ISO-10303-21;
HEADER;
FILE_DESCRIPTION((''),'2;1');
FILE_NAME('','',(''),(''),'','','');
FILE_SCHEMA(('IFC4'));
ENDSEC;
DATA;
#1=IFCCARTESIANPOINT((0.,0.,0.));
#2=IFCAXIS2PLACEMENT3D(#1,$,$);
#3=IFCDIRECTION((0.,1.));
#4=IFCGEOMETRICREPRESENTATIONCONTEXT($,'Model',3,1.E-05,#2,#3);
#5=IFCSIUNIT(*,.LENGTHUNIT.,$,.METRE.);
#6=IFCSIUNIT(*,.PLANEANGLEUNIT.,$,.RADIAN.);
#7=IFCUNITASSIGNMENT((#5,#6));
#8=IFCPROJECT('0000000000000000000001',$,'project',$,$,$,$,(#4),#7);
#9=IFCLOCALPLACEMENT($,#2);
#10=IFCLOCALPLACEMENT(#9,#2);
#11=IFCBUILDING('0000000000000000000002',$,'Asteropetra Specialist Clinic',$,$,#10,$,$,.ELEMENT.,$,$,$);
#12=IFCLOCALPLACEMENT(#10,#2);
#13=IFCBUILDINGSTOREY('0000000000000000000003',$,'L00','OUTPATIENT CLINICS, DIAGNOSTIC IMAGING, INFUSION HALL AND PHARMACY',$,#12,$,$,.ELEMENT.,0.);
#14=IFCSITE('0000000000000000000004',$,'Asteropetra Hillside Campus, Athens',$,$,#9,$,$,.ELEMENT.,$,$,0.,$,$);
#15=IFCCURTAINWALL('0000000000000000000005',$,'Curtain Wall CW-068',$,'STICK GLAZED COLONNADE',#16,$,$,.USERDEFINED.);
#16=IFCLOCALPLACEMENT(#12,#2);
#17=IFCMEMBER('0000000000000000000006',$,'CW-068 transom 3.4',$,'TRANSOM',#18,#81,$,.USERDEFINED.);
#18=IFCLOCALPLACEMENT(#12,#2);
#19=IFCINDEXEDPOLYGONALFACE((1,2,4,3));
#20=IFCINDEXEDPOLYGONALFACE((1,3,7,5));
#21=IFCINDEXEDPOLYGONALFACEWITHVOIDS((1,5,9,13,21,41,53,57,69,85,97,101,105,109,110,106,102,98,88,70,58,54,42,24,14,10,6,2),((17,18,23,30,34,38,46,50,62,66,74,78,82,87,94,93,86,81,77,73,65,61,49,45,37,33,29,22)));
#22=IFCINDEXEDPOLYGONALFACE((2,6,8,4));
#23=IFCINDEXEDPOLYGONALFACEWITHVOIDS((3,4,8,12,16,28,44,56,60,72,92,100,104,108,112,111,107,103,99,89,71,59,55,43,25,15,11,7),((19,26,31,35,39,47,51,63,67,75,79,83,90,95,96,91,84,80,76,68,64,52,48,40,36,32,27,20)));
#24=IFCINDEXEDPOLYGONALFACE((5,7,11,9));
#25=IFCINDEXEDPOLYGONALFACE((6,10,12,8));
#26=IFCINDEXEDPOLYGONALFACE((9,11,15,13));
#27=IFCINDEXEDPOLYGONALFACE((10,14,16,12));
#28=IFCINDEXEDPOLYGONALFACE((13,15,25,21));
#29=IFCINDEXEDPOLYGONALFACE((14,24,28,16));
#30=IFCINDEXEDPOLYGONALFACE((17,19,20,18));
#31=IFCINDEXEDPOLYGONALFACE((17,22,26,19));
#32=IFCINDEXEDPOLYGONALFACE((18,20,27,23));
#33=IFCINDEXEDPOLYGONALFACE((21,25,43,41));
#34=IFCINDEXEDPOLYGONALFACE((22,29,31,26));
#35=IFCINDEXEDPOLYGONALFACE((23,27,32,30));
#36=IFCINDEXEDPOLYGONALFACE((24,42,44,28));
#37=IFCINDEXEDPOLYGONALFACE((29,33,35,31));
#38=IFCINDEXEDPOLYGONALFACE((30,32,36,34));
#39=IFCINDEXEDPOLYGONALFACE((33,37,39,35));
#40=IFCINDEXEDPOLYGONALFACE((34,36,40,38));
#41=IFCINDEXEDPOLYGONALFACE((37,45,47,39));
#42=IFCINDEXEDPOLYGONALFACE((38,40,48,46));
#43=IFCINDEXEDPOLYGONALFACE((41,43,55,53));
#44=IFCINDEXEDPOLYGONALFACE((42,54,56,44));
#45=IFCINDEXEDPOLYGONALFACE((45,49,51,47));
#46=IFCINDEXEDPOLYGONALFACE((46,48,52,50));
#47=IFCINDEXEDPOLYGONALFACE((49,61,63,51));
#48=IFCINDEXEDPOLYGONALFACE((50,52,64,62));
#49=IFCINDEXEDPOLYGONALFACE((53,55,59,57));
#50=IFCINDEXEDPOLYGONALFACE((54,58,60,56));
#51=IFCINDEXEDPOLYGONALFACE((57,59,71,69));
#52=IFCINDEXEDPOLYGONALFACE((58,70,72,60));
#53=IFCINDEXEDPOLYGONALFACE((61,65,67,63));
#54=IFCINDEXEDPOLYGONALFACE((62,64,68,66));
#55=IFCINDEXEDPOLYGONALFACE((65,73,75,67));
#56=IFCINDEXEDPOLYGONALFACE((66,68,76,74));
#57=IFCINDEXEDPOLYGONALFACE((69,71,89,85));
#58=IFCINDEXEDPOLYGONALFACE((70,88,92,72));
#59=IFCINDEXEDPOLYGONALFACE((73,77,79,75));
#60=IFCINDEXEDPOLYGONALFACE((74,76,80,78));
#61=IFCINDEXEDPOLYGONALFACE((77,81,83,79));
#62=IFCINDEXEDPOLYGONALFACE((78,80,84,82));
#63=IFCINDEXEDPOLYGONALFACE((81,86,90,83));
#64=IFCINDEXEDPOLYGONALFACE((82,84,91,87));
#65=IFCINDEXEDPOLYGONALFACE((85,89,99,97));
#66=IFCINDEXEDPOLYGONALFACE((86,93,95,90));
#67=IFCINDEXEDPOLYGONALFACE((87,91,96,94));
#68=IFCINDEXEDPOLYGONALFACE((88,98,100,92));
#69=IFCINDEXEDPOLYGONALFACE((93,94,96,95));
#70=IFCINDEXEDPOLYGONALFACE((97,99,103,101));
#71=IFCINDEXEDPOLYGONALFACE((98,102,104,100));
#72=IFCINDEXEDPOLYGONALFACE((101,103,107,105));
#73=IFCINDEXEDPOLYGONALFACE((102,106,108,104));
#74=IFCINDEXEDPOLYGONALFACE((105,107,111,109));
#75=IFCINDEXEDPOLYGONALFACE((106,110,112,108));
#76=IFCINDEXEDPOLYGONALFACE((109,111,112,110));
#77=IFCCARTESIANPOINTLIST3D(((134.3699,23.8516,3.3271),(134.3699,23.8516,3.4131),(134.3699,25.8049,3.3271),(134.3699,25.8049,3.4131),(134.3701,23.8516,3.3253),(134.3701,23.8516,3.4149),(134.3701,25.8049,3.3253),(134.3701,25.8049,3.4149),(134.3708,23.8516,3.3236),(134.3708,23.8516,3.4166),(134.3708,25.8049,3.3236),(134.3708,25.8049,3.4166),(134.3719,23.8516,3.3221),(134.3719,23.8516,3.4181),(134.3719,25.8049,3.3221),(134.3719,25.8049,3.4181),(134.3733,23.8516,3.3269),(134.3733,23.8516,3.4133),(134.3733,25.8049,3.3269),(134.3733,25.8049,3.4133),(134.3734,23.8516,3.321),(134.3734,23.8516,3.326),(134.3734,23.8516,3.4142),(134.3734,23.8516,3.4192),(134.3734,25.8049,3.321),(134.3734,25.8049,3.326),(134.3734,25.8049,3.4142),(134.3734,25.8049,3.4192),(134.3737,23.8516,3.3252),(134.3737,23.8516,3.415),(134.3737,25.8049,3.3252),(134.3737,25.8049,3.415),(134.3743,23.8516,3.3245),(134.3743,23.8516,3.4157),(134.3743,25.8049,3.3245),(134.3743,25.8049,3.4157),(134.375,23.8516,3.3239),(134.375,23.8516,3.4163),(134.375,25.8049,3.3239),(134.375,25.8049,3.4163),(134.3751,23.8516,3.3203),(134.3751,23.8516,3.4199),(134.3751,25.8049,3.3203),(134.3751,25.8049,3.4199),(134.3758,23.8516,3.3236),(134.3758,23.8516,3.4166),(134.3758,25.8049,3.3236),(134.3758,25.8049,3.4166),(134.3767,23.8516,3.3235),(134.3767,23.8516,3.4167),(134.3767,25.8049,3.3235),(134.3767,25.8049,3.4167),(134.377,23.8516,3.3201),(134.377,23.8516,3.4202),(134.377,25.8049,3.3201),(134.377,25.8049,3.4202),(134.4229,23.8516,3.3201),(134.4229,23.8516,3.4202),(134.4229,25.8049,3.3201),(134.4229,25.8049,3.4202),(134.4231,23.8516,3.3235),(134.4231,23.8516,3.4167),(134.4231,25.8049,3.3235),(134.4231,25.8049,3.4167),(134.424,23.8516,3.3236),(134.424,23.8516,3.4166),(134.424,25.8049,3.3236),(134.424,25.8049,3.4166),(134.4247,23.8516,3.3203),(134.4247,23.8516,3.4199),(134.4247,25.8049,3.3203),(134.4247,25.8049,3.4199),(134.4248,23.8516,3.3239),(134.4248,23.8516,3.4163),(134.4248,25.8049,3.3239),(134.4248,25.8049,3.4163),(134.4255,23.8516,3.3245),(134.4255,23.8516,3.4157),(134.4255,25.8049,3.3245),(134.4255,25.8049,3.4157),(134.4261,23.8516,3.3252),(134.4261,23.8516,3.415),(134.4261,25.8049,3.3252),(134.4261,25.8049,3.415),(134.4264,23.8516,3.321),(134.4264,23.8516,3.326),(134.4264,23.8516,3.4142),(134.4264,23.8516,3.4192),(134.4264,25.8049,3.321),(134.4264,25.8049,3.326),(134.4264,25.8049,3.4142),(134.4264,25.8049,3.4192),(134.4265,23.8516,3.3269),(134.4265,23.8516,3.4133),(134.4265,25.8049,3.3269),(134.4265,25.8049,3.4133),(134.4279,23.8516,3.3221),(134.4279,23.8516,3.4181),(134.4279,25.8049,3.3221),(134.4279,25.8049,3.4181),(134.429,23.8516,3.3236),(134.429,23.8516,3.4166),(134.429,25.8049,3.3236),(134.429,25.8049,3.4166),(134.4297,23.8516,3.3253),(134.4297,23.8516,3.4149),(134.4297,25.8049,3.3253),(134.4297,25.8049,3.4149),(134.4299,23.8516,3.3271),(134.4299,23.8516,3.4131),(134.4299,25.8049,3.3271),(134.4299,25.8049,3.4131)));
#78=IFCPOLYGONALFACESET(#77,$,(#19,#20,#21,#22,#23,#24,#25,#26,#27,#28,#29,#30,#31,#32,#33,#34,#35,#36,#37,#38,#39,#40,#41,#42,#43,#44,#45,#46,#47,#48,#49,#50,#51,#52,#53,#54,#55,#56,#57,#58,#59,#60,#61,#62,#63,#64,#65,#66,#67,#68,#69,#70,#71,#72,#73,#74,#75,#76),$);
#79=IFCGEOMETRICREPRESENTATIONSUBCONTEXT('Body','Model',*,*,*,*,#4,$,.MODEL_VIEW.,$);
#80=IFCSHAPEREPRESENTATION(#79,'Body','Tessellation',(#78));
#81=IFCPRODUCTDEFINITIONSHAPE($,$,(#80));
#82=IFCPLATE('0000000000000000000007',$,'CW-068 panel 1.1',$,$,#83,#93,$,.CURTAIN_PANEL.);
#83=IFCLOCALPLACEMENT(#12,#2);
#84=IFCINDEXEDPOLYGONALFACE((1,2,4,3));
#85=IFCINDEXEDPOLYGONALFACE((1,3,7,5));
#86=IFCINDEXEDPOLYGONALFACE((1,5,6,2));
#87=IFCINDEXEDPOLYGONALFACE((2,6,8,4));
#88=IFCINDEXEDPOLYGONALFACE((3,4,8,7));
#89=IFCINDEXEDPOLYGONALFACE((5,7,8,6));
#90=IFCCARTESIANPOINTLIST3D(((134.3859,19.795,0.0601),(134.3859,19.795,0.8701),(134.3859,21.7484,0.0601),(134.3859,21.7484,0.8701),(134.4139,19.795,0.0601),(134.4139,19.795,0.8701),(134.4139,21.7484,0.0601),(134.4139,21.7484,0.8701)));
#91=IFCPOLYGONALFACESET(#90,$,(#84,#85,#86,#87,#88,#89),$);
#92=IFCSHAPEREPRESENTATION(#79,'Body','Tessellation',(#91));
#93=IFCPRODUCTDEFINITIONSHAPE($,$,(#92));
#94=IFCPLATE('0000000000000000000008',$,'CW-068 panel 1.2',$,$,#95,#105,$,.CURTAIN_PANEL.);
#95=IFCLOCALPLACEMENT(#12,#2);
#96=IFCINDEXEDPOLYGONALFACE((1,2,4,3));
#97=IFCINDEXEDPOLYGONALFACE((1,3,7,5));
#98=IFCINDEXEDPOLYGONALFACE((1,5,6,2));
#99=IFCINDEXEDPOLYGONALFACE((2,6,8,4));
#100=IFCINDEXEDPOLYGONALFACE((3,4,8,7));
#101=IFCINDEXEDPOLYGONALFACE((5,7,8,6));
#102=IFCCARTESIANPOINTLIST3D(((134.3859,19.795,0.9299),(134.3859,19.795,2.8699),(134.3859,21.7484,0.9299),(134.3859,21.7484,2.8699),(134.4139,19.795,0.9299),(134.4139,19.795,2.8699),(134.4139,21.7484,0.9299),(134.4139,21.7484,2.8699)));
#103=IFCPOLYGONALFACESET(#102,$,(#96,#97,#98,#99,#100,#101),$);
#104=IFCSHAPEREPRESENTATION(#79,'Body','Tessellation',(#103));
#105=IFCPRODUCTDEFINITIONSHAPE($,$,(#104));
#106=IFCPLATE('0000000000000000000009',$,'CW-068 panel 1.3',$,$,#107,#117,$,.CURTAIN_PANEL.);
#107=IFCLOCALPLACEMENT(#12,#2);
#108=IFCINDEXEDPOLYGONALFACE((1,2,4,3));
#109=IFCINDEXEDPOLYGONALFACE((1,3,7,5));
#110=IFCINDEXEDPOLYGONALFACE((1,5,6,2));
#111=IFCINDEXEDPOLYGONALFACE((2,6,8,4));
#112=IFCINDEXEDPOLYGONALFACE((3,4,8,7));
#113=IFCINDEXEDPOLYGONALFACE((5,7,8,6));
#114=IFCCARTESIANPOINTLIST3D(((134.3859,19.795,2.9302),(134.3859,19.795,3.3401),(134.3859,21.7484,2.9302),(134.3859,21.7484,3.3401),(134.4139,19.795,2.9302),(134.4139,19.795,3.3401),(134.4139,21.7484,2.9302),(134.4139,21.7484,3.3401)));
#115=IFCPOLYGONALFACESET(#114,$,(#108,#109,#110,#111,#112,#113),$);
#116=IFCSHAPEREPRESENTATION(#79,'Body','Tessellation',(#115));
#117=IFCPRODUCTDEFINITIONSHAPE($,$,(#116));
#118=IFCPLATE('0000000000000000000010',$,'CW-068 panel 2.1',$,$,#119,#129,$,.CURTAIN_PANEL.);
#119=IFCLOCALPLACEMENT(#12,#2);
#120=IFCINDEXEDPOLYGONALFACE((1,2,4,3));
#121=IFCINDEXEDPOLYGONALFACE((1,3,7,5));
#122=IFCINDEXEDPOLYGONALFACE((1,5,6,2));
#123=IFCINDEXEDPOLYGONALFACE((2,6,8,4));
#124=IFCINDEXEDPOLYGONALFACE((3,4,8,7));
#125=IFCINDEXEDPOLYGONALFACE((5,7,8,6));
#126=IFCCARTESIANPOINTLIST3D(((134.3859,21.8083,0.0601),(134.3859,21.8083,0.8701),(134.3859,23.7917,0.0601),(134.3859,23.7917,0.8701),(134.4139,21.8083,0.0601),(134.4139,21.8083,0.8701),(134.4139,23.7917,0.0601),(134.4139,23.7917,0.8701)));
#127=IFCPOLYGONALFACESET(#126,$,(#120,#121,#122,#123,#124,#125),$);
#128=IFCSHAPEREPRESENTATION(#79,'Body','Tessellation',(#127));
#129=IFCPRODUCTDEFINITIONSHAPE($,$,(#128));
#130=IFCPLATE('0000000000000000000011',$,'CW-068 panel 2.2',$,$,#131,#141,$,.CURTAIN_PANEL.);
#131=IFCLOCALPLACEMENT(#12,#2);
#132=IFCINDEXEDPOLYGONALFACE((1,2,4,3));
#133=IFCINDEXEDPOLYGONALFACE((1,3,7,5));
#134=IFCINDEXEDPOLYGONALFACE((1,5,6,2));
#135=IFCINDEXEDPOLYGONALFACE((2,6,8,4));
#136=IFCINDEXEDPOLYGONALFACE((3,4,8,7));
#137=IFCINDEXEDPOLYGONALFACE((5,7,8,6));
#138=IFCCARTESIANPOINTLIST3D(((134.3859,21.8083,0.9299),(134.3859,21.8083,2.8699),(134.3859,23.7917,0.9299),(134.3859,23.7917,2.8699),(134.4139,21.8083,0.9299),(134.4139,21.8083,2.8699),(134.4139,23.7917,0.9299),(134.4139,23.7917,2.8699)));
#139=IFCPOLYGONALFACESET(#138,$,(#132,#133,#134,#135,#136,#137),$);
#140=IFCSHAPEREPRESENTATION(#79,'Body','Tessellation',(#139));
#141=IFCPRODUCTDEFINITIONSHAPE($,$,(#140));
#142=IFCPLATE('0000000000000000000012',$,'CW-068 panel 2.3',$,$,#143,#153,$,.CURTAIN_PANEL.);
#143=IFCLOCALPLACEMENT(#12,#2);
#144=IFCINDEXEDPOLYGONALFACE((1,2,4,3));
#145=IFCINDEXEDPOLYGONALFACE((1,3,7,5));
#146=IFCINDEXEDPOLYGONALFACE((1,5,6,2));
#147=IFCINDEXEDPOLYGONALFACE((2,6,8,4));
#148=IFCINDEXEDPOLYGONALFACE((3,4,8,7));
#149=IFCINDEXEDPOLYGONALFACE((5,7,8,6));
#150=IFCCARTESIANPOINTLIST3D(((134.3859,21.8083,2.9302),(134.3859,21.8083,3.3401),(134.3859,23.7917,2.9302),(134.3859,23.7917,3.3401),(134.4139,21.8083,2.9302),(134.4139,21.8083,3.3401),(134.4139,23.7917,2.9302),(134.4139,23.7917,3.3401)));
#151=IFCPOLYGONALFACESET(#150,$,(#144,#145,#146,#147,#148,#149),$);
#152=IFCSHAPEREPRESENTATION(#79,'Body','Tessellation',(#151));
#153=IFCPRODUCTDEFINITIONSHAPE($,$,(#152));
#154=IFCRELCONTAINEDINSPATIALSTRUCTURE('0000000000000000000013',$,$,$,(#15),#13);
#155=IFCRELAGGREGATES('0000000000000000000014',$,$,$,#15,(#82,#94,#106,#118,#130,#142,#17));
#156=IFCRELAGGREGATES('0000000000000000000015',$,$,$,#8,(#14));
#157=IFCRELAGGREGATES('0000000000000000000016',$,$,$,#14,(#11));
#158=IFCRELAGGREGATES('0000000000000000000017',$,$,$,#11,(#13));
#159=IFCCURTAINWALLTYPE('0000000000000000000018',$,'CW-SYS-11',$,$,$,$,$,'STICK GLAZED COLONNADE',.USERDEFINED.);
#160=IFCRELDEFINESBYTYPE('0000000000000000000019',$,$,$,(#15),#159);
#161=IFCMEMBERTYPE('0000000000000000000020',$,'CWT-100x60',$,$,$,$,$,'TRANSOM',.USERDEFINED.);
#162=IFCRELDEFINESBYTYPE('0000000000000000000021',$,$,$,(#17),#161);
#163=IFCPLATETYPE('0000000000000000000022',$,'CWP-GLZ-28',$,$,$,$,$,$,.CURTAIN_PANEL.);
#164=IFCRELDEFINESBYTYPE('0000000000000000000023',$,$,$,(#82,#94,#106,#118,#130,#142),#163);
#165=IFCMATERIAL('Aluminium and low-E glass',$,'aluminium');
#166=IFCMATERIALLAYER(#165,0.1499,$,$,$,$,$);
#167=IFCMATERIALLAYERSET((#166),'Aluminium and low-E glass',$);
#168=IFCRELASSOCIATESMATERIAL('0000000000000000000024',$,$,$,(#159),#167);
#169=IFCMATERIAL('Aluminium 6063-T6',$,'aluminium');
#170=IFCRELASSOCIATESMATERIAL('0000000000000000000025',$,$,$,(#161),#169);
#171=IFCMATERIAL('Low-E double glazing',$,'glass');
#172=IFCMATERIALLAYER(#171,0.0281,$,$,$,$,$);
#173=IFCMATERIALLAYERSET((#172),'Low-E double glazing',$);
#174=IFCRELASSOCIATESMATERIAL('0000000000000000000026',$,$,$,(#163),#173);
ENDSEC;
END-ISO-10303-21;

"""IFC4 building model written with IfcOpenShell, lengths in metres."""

from ifc_helpers import new_model, si_unit, direction, frame, origin, origin_2d, place, context, subcontext, project, spatial, rectangle, hollow_rectangle, extrude, material, layer, layer_set, material_profile, profile_set, type_object, element, aggregate, save


model = new_model("IFC4")

# Units and contexts
model_context = context("Model", 3, precision=1e-05, world=origin(), true_north=direction((0.0, 1.0)))
body_context = subcontext(model_context, "Body", "Model", "MODEL_VIEW")
ifc_project = project(units=[si_unit("LENGTHUNIT", "METRE"), si_unit("PLANEANGLEUNIT", "RADIAN")], contexts=[model_context])

# Site, building, storey
site_placement = place(None, origin())
site = spatial("IfcSite", under=ifc_project, at=site_placement, Name="Asteropetra Hillside Campus, Athens", CompositionType="ELEMENT", RefElevation=0.0)
building_placement = place(site_placement, origin())
building = spatial("IfcBuilding", under=site, at=building_placement, Name="Asteropetra Specialist Clinic", CompositionType="ELEMENT")
storey_placement = place(building_placement, origin())
storey = spatial("IfcBuildingStorey", under=building, at=storey_placement, Name="L00", Description="OUTPATIENT CLINICS, DIAGNOSTIC IMAGING, INFUSION HALL AND PHARMACY", CompositionType="ELEMENT", Elevation=0.0)

# Curtain wall, member, plates
ifc_material_1 = material(Name="Aluminium and low-E glass", Category="aluminium")
ifc_layer_1 = layer(ifc_material_1, 0.1499)
ifc_layer_set_1 = layer_set([ifc_layer_1], Name="Aluminium and low-E glass")
curtain_wall_type = type_object("IfcCurtainWallType", Name="CW-SYS-11", ElementType="STICK GLAZED COLONNADE", PredefinedType="USERDEFINED", material=ifc_layer_set_1)
curtain_wall_placement = place(storey_placement, origin())
curtain_wall = element("IfcCurtainWall", 1, at=curtain_wall_placement, inside=storey, type_object=curtain_wall_type, Name="Curtain Wall CW-068", ObjectType="STICK GLAZED COLONNADE", PredefinedType="USERDEFINED")
ifc_material_2 = material(Name="Aluminium 6063-T6", Category="aluminium")
ifc_material_profile_1 = material_profile(ifc_material_2, hollow_rectangle(XDim=0.0601, YDim=0.1001, WallThickness=0.0034, InnerFilletRadius=0.0034, OuterFilletRadius=0.0071, at=origin_2d()), Name="TRN 100x60x3.5")
ifc_profile_set_1 = profile_set([ifc_material_profile_1], Name="Aluminium 6063-T6")
member_type_1 = type_object("IfcMemberType", Name="CWT-100x60", ElementType="TRANSOM", PredefinedType="USERDEFINED", material=ifc_profile_set_1)
member_1_placement = place(storey_placement, frame((134.3999, 23.8516, 3.3701), z_axis=(0.0, 1.0, 0.0), x_axis=(-1.0, 0.0, 0.0)))
member_1 = element("IfcMember", 2, at=member_1_placement, type_object=member_type_1, Name="CW-068 transom 3.4", ObjectType="TRANSOM", PredefinedType="USERDEFINED", context=body_context, shape_type="SweptSolid", body=[
    extrude(hollow_rectangle(XDim=0.0601, YDim=0.1001, WallThickness=0.0034, InnerFilletRadius=0.0034, OuterFilletRadius=0.0071, at=origin_2d()), origin(), (0.0, 0.0, 1.0), 1.9534),
])
ifc_material_3 = material(Name="Low-E double glazing", Category="glass")
ifc_layer_2 = layer(ifc_material_3, 0.0281)
ifc_layer_set_2 = layer_set([ifc_layer_2], Name="Low-E double glazing")
plate_type = type_object("IfcPlateType", Name="CWP-GLZ-28", PredefinedType="CURTAIN_PANEL", material=ifc_layer_set_2)
plate_1_placement = place(storey_placement, frame((134.3999, 20.7717, 0.0601), z_axis=(0.0, 0.0, 1.0), x_axis=(0.0, 1.0, 0.0)))
plate_1 = element("IfcPlate", 3, at=plate_1_placement, type_object=plate_type, Name="CW-068 panel 1.1", PredefinedType="CURTAIN_PANEL", context=body_context, shape_type="SweptSolid", body=[
    extrude(rectangle(XDim=1.9534, YDim=0.0281, at=origin_2d()), origin(), (0.0, 0.0, 1.0), 0.8101),
])
plate_2_placement = place(storey_placement, frame((134.3999, 20.7717, 0.9299), z_axis=(0.0, 0.0, 1.0), x_axis=(0.0, 1.0, 0.0)))
plate_2 = element("IfcPlate", 4, at=plate_2_placement, type_object=plate_type, Name="CW-068 panel 1.2", PredefinedType="CURTAIN_PANEL", context=body_context, shape_type="SweptSolid", body=[
    extrude(rectangle(XDim=1.9534, YDim=0.0281, at=origin_2d()), origin(), (0.0, 0.0, 1.0), 1.9399),
])
plate_3_placement = place(storey_placement, frame((134.3999, 20.7717, 2.9302), z_axis=(0.0, 0.0, 1.0), x_axis=(0.0, 1.0, 0.0)))
plate_3 = element("IfcPlate", 5, at=plate_3_placement, type_object=plate_type, Name="CW-068 panel 1.3", PredefinedType="CURTAIN_PANEL", context=body_context, shape_type="SweptSolid", body=[
    extrude(rectangle(XDim=1.9534, YDim=0.0281, at=origin_2d()), origin(), (0.0, 0.0, 1.0), 0.4099),
])
plate_4_placement = place(storey_placement, frame((134.3999, 22.8, 0.0601), z_axis=(0.0, 0.0, 1.0), x_axis=(0.0, 1.0, 0.0)))
plate_4 = element("IfcPlate", 6, at=plate_4_placement, type_object=plate_type, Name="CW-068 panel 2.1", PredefinedType="CURTAIN_PANEL", context=body_context, shape_type="SweptSolid", body=[
    extrude(rectangle(XDim=1.9834, YDim=0.0281, at=origin_2d()), origin(), (0.0, 0.0, 1.0), 0.8101),
])
plate_5_placement = place(storey_placement, frame((134.3999, 22.8, 0.9299), z_axis=(0.0, 0.0, 1.0), x_axis=(0.0, 1.0, 0.0)))
plate_5 = element("IfcPlate", 7, at=plate_5_placement, type_object=plate_type, Name="CW-068 panel 2.2", PredefinedType="CURTAIN_PANEL", context=body_context, shape_type="SweptSolid", body=[
    extrude(rectangle(XDim=1.9834, YDim=0.0281, at=origin_2d()), origin(), (0.0, 0.0, 1.0), 1.9399),
])
plate_6_placement = place(storey_placement, frame((134.3999, 22.8, 2.9302), z_axis=(0.0, 0.0, 1.0), x_axis=(0.0, 1.0, 0.0)))
plate_6 = element("IfcPlate", 8, at=plate_6_placement, type_object=plate_type, Name="CW-068 panel 2.3", PredefinedType="CURTAIN_PANEL", context=body_context, shape_type="SweptSolid", body=[
    extrude(rectangle(XDim=1.9834, YDim=0.0281, at=origin_2d()), origin(), (0.0, 0.0, 1.0), 0.4099),
])
aggregate(curtain_wall, [plate_1, plate_2, plate_3, plate_4, plate_5, plate_6, member_1])

save(model, "model.ifc")
